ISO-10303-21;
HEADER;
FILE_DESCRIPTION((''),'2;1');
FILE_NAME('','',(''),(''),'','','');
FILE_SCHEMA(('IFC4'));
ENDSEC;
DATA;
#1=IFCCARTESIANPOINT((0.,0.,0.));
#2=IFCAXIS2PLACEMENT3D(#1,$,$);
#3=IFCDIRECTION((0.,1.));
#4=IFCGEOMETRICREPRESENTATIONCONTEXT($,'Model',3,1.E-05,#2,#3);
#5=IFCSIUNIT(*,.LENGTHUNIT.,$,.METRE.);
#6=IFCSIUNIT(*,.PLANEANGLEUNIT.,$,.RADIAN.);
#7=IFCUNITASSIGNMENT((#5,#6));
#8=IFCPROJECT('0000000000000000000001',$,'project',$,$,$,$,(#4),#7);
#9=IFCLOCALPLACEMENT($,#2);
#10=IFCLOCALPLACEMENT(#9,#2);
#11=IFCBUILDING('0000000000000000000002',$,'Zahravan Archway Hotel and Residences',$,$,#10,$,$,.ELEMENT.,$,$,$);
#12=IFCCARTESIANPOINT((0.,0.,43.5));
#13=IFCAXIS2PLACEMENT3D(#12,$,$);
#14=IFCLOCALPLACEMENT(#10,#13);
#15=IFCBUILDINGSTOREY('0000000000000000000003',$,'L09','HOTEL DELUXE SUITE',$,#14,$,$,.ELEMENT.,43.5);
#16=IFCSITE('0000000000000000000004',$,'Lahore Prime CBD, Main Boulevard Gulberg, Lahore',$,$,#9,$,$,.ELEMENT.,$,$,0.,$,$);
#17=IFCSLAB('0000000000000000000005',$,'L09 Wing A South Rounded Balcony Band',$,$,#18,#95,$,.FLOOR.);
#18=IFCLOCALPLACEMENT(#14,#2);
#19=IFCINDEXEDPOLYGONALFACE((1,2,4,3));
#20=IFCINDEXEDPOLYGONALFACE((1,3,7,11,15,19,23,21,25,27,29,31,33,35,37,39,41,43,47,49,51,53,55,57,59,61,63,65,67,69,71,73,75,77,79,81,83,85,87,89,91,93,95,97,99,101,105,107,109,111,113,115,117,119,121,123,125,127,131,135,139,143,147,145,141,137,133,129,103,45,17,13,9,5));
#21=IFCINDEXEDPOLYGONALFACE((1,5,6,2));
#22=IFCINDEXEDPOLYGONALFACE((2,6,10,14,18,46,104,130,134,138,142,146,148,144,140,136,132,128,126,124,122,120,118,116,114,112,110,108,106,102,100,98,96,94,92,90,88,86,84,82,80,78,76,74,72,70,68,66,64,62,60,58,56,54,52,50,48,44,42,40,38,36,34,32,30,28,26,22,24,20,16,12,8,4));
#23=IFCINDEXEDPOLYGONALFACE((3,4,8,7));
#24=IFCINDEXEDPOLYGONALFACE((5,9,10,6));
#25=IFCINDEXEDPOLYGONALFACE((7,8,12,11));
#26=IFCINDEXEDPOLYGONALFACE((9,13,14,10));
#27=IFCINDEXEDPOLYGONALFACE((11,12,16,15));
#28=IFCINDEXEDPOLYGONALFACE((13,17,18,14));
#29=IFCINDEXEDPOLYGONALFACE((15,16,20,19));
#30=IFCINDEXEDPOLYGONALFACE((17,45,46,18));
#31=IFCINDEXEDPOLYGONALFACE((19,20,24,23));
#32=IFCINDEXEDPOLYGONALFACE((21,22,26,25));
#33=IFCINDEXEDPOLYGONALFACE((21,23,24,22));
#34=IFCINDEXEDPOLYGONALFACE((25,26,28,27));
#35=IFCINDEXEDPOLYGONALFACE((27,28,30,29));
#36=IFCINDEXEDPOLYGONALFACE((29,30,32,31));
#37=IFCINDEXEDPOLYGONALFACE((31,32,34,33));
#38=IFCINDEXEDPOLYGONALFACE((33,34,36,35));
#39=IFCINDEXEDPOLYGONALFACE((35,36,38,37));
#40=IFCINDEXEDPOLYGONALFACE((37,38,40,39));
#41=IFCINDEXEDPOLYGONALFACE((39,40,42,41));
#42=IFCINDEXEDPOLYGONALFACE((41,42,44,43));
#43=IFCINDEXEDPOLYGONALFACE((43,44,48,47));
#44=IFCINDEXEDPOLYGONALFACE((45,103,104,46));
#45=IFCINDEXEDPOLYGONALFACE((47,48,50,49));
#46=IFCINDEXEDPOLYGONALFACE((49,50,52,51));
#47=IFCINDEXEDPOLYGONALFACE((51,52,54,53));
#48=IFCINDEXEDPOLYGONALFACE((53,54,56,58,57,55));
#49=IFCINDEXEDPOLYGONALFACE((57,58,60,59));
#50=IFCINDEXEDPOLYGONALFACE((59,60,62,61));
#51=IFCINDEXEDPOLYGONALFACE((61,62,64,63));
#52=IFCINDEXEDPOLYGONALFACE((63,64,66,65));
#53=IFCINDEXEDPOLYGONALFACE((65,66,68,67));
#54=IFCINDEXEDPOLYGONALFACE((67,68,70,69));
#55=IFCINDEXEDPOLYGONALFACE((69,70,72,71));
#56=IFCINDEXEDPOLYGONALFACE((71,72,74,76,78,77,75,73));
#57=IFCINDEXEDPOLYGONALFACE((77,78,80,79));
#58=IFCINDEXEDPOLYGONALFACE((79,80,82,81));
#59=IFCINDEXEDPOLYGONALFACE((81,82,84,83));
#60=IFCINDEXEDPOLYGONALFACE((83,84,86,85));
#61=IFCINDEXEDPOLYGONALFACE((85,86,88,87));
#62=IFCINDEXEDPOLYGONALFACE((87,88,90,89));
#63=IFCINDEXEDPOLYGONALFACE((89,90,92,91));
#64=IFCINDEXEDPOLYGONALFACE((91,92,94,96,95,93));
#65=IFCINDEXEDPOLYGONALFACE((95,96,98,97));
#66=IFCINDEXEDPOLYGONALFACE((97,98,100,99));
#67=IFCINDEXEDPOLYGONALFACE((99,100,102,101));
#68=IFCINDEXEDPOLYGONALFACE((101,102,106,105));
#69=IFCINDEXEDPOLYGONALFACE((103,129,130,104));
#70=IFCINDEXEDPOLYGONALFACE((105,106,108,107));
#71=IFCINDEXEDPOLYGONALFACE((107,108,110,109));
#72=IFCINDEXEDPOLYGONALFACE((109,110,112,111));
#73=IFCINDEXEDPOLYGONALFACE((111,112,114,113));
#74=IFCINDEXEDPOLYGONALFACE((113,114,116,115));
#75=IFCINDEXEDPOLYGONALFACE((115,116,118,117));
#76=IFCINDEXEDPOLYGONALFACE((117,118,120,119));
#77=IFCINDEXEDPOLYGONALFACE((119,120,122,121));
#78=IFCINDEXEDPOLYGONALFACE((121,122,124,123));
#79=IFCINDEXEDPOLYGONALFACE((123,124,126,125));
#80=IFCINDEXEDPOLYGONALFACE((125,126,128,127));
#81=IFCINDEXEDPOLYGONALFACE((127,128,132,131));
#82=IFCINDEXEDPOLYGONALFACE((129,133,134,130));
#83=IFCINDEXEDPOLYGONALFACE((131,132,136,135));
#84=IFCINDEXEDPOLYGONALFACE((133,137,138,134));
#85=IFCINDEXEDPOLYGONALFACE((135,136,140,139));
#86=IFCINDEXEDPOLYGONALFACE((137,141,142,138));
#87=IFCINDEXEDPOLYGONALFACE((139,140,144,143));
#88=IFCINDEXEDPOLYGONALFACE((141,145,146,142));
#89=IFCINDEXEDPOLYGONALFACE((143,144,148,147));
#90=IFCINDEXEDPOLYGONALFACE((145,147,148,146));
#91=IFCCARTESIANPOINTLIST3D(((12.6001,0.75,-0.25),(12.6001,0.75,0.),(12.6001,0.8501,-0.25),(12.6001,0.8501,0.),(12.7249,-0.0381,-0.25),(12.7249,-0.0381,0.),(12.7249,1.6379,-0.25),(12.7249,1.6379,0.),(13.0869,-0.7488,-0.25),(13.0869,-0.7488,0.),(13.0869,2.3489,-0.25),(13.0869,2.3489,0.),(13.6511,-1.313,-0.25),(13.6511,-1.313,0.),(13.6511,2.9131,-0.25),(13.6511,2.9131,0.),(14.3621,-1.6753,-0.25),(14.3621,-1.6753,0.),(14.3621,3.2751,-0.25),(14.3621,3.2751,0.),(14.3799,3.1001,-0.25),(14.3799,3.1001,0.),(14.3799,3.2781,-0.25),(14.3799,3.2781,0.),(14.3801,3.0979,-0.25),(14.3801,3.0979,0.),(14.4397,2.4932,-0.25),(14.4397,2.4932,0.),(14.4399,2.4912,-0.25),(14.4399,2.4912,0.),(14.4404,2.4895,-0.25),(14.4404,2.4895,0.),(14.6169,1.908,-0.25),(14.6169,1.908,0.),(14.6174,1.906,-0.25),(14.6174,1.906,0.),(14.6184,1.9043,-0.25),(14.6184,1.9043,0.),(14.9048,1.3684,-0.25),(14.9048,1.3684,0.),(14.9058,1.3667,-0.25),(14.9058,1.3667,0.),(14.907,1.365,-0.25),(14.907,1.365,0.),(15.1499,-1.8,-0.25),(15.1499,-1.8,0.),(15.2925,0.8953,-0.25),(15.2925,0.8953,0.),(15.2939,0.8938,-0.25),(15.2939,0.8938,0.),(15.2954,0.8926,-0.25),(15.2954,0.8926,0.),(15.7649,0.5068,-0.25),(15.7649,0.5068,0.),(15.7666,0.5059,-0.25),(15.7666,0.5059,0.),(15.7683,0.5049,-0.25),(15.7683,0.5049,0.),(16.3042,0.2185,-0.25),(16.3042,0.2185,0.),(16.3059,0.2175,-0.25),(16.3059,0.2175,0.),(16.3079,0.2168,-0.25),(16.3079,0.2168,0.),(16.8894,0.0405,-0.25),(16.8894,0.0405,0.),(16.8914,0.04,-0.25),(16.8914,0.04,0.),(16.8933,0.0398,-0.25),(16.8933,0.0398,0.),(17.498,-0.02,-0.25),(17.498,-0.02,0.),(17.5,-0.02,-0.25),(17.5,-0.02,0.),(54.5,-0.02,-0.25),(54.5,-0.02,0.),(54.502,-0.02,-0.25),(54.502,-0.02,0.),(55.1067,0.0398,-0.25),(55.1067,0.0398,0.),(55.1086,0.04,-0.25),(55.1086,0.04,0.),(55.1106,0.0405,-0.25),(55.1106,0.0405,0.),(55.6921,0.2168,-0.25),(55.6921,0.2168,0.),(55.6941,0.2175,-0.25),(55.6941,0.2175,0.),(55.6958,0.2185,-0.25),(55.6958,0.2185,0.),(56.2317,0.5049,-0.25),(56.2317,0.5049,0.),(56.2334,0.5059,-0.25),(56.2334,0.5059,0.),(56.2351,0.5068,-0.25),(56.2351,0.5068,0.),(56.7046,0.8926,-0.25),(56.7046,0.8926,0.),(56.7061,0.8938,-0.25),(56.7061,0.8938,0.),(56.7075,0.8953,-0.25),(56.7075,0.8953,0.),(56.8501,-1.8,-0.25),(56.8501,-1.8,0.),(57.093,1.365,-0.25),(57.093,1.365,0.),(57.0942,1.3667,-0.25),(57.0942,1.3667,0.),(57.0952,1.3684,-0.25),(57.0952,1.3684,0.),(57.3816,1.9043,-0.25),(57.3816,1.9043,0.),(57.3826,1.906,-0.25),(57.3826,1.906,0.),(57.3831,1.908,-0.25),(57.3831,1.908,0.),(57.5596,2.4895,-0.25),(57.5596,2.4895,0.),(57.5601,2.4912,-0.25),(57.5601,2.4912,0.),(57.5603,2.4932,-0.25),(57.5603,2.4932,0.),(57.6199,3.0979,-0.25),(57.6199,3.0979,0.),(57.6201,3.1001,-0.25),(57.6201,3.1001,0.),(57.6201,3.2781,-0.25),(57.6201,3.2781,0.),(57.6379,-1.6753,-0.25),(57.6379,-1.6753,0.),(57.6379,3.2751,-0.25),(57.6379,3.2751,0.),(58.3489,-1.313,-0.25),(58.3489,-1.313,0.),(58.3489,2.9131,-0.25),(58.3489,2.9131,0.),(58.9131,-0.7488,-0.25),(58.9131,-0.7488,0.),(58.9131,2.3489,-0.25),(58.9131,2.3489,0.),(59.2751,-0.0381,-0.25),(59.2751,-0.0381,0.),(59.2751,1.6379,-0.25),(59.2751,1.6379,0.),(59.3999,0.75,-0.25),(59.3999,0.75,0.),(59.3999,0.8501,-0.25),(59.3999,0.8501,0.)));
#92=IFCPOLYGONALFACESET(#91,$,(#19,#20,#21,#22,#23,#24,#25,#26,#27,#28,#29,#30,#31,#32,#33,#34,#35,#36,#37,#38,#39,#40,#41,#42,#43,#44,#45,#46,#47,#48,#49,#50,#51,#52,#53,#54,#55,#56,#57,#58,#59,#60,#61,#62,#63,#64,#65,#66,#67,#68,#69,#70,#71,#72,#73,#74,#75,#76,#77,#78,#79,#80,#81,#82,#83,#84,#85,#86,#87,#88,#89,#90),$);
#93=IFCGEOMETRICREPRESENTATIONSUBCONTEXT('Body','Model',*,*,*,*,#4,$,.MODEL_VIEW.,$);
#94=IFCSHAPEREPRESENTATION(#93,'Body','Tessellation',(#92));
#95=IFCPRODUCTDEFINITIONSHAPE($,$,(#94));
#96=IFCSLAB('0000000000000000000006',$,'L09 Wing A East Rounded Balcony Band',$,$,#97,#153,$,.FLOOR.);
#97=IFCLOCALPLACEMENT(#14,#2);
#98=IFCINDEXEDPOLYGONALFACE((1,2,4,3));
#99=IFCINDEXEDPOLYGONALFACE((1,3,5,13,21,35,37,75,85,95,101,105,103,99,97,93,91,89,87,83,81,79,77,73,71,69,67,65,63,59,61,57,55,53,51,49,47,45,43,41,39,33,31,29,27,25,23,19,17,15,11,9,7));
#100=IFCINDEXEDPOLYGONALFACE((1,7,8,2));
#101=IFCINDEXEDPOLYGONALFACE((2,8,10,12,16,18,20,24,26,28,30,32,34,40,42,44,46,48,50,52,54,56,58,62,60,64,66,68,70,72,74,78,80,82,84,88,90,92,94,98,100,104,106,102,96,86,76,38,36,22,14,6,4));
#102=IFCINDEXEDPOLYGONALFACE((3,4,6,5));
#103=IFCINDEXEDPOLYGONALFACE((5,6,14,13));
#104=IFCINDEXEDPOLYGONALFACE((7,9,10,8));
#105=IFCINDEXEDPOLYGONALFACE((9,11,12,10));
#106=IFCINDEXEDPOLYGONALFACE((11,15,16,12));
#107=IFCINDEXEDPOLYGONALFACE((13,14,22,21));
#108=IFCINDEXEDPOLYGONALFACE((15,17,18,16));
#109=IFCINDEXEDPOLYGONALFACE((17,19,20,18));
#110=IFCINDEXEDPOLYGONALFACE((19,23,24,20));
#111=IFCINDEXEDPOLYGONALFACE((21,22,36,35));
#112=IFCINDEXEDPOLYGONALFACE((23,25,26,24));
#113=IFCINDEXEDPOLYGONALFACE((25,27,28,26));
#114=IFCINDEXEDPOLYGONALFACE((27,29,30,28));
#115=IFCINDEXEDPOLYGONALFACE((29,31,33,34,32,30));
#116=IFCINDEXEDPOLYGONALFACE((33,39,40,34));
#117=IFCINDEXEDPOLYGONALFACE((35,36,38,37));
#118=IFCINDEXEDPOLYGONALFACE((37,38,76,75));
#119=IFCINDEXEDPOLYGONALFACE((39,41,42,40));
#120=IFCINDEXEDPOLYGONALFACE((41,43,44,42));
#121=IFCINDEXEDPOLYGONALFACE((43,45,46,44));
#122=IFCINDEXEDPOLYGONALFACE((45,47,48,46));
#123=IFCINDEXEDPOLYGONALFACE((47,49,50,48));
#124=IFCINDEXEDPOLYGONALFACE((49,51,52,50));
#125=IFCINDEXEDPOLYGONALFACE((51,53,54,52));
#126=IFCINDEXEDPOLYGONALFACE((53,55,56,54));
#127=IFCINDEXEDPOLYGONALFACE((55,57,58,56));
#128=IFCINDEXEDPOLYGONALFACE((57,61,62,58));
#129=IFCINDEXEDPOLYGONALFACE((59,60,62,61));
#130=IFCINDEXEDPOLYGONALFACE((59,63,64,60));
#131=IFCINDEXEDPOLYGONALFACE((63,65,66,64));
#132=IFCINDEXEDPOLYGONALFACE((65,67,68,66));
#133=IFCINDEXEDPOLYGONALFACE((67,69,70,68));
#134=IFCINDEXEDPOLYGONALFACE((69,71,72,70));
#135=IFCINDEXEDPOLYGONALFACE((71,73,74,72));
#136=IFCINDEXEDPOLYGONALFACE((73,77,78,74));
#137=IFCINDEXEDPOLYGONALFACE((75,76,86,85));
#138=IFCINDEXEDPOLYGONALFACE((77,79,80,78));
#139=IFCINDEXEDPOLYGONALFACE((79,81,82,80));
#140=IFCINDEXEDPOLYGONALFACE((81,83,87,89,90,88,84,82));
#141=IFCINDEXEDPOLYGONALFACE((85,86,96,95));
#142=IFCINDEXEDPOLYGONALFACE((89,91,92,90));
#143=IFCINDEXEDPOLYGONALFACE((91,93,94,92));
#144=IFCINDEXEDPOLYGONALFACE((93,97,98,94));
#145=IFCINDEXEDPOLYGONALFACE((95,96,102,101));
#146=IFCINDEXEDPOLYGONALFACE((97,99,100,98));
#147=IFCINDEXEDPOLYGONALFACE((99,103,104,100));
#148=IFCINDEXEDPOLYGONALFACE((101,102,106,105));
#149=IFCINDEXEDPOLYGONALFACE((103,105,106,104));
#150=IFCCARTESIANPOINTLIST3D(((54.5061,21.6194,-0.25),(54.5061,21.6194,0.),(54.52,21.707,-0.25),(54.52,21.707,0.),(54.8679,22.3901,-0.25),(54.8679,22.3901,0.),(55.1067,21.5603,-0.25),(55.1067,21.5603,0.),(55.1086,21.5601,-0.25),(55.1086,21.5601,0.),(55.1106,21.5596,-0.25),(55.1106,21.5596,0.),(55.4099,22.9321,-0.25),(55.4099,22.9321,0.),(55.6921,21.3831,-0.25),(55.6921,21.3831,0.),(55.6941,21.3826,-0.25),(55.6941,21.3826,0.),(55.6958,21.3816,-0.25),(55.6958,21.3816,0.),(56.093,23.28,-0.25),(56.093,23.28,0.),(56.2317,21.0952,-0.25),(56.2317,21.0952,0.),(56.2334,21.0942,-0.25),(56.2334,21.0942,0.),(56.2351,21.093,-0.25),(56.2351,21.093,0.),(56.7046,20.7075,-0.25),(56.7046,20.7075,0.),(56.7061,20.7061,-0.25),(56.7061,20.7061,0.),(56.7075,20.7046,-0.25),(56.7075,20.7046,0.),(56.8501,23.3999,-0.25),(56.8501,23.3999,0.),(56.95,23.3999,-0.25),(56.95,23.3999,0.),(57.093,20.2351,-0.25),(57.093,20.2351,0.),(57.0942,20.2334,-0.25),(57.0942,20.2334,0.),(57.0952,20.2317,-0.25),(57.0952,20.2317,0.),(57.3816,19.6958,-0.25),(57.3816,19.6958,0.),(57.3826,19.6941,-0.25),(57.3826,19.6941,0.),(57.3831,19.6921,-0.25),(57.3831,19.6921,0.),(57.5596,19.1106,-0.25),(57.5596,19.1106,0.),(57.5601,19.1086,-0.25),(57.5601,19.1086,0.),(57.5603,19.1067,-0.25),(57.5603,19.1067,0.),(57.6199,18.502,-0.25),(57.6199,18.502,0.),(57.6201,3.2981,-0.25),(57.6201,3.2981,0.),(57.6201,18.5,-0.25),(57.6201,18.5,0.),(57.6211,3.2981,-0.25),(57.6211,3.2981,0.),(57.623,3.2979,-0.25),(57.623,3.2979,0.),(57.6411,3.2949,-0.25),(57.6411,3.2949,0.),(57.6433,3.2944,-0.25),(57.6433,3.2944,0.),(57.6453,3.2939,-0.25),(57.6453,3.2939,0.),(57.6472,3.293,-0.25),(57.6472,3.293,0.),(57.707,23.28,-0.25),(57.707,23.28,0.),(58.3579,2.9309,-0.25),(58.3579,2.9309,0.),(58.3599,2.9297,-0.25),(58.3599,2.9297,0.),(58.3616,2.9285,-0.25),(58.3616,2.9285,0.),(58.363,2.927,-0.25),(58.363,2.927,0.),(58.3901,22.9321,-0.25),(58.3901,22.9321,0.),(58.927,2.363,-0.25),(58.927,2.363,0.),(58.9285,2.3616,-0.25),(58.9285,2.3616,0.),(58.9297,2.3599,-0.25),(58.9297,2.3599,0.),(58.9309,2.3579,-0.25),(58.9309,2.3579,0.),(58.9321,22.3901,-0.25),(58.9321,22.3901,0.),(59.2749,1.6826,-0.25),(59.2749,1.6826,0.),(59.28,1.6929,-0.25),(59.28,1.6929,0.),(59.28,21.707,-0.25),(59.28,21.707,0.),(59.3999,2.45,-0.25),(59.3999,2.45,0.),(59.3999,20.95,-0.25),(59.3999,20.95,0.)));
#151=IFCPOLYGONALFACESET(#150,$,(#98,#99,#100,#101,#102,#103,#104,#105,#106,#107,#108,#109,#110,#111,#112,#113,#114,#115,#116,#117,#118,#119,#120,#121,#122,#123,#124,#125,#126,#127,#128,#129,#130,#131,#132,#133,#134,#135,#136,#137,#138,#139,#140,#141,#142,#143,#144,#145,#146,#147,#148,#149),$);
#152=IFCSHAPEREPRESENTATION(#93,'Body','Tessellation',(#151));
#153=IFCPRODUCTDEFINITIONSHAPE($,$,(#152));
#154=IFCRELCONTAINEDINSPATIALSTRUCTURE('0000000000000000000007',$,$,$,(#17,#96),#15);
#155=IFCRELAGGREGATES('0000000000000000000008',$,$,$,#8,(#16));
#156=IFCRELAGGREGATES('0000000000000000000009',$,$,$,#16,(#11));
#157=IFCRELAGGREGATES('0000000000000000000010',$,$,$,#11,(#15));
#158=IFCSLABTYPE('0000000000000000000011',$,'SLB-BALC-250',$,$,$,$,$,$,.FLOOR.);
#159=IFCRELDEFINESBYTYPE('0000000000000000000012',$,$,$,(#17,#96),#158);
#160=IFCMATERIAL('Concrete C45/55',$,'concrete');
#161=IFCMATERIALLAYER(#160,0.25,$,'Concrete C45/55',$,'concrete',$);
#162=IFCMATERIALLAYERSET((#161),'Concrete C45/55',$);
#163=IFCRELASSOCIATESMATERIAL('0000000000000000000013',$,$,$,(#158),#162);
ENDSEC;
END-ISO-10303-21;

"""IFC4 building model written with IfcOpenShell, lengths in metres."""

from ifc_helpers import new_model, si_unit, direction, frame, origin, place, context, subcontext, project, spatial, polyline, outline, extrude, material, layer, layer_set, type_object, element, save


model = new_model("IFC4")

# Units and contexts
model_context = context("Model", 3, precision=1e-05, world=origin(), true_north=direction((0.0, 1.0)))
body_context = subcontext(model_context, "Body", "Model", "MODEL_VIEW")
ifc_project = project(units=[si_unit("LENGTHUNIT", "METRE"), si_unit("PLANEANGLEUNIT", "RADIAN")], contexts=[model_context])

# Site, building, storey
site_placement = place(None, origin())
site = spatial("IfcSite", under=ifc_project, at=site_placement, Name="Lahore Prime CBD, Main Boulevard Gulberg, Lahore", CompositionType="ELEMENT", RefElevation=0.0)
building_placement = place(site_placement, origin())
building = spatial("IfcBuilding", under=site, at=building_placement, Name="Zahravan Archway Hotel and Residences", CompositionType="ELEMENT")
storey_placement = place(building_placement, frame((0.0, 0.0, 43.5)))
storey = spatial("IfcBuildingStorey", under=building, at=storey_placement, Name="L09", Description="HOTEL DELUXE SUITE", CompositionType="ELEMENT", Elevation=43.5)

# Slabs
ifc_material_1 = material(Name="Concrete C45/55", Category="concrete")
ifc_layer_1 = layer(ifc_material_1, 0.25, Name="Concrete C45/55", Category="concrete")
ifc_layer_set_1 = layer_set([ifc_layer_1], Name="Concrete C45/55")
slab_type_1 = type_object("IfcSlabType", Name="SLB-BALC-250", PredefinedType="FLOOR", material=ifc_layer_set_1)
slab_1_placement = place(storey_placement, frame((0.0, 0.0, -0.25)))
element("IfcSlab", 1, at=slab_1_placement, inside=storey, type_object=slab_type_1, Name="L09 Wing A South Rounded Balcony Band", PredefinedType="FLOOR", context=body_context, shape_type="SweptSolid", body=[
    extrude(outline(polyline([(57.6379, 3.2751), (58.3489, 2.9131), (58.9131, 2.3489), (59.2751, 1.6379), (59.3999, 0.8501), (59.3999, 0.75), (59.2751, -0.0381), (58.9131, -0.7488), (58.3489, -1.313), (57.6379, -1.6753), (56.8501, -1.8), (15.1499, -1.8), (14.3621, -1.6753), (13.6511, -1.313), (13.0869, -0.7488), (12.7249, -0.0381), (12.6001, 0.75), (12.6001, 0.8501), (12.7249, 1.6379), (13.0869, 2.3489), (13.6511, 2.9131), (14.3621, 3.2751), (14.3799, 3.2781), (14.3799, 3.1001), (14.3801, 3.0979), (14.4397, 2.4932), (14.4399, 2.4912), (14.4404, 2.4895), (14.6169, 1.908), (14.6174, 1.906), (14.6184, 1.9043), (14.9048, 1.3684), (14.9058, 1.3667), (14.907, 1.365), (15.2925, 0.8953), (15.2939, 0.8938), (15.2954, 0.8926), (15.7649, 0.5068), (15.7666, 0.5059), (15.7683, 0.5049), (16.3042, 0.2185), (16.3059, 0.2175), (16.3079, 0.2168), (16.8894, 0.0405), (16.8914, 0.04), (16.8933, 0.0398), (17.498, -0.02), (17.5, -0.02), (54.5, -0.02), (54.502, -0.02), (55.1067, 0.0398), (55.1086, 0.04), (55.1106, 0.0405), (55.6921, 0.2168), (55.6941, 0.2175), (55.6958, 0.2185), (56.2317, 0.5049), (56.2334, 0.5059), (56.2351, 0.5068), (56.7046, 0.8926), (56.7061, 0.8938), (56.7075, 0.8953), (57.093, 1.365), (57.0942, 1.3667), (57.0952, 1.3684), (57.3816, 1.9043), (57.3826, 1.906), (57.3831, 1.908), (57.5596, 2.4895), (57.5601, 2.4912), (57.5603, 2.4932), (57.6199, 3.0979), (57.6201, 3.1001), (57.6201, 3.2781), (57.6379, 3.2751)])), origin(), (0.0, 0.0, 1.0), 0.25),
])
slab_2_placement = place(storey_placement, frame((0.0, 0.0, -0.25)))
element("IfcSlab", 2, at=slab_2_placement, inside=storey, type_object=slab_type_1, Name="L09 Wing A East Rounded Balcony Band", PredefinedType="FLOOR", context=body_context, shape_type="SweptSolid", body=[
    extrude(outline(polyline([(54.52, 21.707), (54.8679, 22.3901), (55.4099, 22.9321), (56.093, 23.28), (56.8501, 23.3999), (56.95, 23.3999), (57.707, 23.28), (58.3901, 22.9321), (58.9321, 22.3901), (59.28, 21.707), (59.3999, 20.95), (59.3999, 2.45), (59.28, 1.6929), (59.2749, 1.6826), (58.9309, 2.3579), (58.9297, 2.3599), (58.9285, 2.3616), (58.927, 2.363), (58.363, 2.927), (58.3616, 2.9285), (58.3599, 2.9297), (58.3579, 2.9309), (57.6472, 3.293), (57.6453, 3.2939), (57.6433, 3.2944), (57.6411, 3.2949), (57.623, 3.2979), (57.6211, 3.2981), (57.6201, 3.2981), (57.6201, 18.5), (57.6199, 18.502), (57.5603, 19.1067), (57.5601, 19.1086), (57.5596, 19.1106), (57.3831, 19.6921), (57.3826, 19.6941), (57.3816, 19.6958), (57.0952, 20.2317), (57.0942, 20.2334), (57.093, 20.2351), (56.7075, 20.7046), (56.7061, 20.7061), (56.7046, 20.7075), (56.2351, 21.093), (56.2334, 21.0942), (56.2317, 21.0952), (55.6958, 21.3816), (55.6941, 21.3826), (55.6921, 21.3831), (55.1106, 21.5596), (55.1086, 21.5601), (55.1067, 21.5603), (54.5061, 21.6194), (54.52, 21.707)])), origin(), (0.0, 0.0, 1.0), 0.25),
])

save(model, "model.ifc")
